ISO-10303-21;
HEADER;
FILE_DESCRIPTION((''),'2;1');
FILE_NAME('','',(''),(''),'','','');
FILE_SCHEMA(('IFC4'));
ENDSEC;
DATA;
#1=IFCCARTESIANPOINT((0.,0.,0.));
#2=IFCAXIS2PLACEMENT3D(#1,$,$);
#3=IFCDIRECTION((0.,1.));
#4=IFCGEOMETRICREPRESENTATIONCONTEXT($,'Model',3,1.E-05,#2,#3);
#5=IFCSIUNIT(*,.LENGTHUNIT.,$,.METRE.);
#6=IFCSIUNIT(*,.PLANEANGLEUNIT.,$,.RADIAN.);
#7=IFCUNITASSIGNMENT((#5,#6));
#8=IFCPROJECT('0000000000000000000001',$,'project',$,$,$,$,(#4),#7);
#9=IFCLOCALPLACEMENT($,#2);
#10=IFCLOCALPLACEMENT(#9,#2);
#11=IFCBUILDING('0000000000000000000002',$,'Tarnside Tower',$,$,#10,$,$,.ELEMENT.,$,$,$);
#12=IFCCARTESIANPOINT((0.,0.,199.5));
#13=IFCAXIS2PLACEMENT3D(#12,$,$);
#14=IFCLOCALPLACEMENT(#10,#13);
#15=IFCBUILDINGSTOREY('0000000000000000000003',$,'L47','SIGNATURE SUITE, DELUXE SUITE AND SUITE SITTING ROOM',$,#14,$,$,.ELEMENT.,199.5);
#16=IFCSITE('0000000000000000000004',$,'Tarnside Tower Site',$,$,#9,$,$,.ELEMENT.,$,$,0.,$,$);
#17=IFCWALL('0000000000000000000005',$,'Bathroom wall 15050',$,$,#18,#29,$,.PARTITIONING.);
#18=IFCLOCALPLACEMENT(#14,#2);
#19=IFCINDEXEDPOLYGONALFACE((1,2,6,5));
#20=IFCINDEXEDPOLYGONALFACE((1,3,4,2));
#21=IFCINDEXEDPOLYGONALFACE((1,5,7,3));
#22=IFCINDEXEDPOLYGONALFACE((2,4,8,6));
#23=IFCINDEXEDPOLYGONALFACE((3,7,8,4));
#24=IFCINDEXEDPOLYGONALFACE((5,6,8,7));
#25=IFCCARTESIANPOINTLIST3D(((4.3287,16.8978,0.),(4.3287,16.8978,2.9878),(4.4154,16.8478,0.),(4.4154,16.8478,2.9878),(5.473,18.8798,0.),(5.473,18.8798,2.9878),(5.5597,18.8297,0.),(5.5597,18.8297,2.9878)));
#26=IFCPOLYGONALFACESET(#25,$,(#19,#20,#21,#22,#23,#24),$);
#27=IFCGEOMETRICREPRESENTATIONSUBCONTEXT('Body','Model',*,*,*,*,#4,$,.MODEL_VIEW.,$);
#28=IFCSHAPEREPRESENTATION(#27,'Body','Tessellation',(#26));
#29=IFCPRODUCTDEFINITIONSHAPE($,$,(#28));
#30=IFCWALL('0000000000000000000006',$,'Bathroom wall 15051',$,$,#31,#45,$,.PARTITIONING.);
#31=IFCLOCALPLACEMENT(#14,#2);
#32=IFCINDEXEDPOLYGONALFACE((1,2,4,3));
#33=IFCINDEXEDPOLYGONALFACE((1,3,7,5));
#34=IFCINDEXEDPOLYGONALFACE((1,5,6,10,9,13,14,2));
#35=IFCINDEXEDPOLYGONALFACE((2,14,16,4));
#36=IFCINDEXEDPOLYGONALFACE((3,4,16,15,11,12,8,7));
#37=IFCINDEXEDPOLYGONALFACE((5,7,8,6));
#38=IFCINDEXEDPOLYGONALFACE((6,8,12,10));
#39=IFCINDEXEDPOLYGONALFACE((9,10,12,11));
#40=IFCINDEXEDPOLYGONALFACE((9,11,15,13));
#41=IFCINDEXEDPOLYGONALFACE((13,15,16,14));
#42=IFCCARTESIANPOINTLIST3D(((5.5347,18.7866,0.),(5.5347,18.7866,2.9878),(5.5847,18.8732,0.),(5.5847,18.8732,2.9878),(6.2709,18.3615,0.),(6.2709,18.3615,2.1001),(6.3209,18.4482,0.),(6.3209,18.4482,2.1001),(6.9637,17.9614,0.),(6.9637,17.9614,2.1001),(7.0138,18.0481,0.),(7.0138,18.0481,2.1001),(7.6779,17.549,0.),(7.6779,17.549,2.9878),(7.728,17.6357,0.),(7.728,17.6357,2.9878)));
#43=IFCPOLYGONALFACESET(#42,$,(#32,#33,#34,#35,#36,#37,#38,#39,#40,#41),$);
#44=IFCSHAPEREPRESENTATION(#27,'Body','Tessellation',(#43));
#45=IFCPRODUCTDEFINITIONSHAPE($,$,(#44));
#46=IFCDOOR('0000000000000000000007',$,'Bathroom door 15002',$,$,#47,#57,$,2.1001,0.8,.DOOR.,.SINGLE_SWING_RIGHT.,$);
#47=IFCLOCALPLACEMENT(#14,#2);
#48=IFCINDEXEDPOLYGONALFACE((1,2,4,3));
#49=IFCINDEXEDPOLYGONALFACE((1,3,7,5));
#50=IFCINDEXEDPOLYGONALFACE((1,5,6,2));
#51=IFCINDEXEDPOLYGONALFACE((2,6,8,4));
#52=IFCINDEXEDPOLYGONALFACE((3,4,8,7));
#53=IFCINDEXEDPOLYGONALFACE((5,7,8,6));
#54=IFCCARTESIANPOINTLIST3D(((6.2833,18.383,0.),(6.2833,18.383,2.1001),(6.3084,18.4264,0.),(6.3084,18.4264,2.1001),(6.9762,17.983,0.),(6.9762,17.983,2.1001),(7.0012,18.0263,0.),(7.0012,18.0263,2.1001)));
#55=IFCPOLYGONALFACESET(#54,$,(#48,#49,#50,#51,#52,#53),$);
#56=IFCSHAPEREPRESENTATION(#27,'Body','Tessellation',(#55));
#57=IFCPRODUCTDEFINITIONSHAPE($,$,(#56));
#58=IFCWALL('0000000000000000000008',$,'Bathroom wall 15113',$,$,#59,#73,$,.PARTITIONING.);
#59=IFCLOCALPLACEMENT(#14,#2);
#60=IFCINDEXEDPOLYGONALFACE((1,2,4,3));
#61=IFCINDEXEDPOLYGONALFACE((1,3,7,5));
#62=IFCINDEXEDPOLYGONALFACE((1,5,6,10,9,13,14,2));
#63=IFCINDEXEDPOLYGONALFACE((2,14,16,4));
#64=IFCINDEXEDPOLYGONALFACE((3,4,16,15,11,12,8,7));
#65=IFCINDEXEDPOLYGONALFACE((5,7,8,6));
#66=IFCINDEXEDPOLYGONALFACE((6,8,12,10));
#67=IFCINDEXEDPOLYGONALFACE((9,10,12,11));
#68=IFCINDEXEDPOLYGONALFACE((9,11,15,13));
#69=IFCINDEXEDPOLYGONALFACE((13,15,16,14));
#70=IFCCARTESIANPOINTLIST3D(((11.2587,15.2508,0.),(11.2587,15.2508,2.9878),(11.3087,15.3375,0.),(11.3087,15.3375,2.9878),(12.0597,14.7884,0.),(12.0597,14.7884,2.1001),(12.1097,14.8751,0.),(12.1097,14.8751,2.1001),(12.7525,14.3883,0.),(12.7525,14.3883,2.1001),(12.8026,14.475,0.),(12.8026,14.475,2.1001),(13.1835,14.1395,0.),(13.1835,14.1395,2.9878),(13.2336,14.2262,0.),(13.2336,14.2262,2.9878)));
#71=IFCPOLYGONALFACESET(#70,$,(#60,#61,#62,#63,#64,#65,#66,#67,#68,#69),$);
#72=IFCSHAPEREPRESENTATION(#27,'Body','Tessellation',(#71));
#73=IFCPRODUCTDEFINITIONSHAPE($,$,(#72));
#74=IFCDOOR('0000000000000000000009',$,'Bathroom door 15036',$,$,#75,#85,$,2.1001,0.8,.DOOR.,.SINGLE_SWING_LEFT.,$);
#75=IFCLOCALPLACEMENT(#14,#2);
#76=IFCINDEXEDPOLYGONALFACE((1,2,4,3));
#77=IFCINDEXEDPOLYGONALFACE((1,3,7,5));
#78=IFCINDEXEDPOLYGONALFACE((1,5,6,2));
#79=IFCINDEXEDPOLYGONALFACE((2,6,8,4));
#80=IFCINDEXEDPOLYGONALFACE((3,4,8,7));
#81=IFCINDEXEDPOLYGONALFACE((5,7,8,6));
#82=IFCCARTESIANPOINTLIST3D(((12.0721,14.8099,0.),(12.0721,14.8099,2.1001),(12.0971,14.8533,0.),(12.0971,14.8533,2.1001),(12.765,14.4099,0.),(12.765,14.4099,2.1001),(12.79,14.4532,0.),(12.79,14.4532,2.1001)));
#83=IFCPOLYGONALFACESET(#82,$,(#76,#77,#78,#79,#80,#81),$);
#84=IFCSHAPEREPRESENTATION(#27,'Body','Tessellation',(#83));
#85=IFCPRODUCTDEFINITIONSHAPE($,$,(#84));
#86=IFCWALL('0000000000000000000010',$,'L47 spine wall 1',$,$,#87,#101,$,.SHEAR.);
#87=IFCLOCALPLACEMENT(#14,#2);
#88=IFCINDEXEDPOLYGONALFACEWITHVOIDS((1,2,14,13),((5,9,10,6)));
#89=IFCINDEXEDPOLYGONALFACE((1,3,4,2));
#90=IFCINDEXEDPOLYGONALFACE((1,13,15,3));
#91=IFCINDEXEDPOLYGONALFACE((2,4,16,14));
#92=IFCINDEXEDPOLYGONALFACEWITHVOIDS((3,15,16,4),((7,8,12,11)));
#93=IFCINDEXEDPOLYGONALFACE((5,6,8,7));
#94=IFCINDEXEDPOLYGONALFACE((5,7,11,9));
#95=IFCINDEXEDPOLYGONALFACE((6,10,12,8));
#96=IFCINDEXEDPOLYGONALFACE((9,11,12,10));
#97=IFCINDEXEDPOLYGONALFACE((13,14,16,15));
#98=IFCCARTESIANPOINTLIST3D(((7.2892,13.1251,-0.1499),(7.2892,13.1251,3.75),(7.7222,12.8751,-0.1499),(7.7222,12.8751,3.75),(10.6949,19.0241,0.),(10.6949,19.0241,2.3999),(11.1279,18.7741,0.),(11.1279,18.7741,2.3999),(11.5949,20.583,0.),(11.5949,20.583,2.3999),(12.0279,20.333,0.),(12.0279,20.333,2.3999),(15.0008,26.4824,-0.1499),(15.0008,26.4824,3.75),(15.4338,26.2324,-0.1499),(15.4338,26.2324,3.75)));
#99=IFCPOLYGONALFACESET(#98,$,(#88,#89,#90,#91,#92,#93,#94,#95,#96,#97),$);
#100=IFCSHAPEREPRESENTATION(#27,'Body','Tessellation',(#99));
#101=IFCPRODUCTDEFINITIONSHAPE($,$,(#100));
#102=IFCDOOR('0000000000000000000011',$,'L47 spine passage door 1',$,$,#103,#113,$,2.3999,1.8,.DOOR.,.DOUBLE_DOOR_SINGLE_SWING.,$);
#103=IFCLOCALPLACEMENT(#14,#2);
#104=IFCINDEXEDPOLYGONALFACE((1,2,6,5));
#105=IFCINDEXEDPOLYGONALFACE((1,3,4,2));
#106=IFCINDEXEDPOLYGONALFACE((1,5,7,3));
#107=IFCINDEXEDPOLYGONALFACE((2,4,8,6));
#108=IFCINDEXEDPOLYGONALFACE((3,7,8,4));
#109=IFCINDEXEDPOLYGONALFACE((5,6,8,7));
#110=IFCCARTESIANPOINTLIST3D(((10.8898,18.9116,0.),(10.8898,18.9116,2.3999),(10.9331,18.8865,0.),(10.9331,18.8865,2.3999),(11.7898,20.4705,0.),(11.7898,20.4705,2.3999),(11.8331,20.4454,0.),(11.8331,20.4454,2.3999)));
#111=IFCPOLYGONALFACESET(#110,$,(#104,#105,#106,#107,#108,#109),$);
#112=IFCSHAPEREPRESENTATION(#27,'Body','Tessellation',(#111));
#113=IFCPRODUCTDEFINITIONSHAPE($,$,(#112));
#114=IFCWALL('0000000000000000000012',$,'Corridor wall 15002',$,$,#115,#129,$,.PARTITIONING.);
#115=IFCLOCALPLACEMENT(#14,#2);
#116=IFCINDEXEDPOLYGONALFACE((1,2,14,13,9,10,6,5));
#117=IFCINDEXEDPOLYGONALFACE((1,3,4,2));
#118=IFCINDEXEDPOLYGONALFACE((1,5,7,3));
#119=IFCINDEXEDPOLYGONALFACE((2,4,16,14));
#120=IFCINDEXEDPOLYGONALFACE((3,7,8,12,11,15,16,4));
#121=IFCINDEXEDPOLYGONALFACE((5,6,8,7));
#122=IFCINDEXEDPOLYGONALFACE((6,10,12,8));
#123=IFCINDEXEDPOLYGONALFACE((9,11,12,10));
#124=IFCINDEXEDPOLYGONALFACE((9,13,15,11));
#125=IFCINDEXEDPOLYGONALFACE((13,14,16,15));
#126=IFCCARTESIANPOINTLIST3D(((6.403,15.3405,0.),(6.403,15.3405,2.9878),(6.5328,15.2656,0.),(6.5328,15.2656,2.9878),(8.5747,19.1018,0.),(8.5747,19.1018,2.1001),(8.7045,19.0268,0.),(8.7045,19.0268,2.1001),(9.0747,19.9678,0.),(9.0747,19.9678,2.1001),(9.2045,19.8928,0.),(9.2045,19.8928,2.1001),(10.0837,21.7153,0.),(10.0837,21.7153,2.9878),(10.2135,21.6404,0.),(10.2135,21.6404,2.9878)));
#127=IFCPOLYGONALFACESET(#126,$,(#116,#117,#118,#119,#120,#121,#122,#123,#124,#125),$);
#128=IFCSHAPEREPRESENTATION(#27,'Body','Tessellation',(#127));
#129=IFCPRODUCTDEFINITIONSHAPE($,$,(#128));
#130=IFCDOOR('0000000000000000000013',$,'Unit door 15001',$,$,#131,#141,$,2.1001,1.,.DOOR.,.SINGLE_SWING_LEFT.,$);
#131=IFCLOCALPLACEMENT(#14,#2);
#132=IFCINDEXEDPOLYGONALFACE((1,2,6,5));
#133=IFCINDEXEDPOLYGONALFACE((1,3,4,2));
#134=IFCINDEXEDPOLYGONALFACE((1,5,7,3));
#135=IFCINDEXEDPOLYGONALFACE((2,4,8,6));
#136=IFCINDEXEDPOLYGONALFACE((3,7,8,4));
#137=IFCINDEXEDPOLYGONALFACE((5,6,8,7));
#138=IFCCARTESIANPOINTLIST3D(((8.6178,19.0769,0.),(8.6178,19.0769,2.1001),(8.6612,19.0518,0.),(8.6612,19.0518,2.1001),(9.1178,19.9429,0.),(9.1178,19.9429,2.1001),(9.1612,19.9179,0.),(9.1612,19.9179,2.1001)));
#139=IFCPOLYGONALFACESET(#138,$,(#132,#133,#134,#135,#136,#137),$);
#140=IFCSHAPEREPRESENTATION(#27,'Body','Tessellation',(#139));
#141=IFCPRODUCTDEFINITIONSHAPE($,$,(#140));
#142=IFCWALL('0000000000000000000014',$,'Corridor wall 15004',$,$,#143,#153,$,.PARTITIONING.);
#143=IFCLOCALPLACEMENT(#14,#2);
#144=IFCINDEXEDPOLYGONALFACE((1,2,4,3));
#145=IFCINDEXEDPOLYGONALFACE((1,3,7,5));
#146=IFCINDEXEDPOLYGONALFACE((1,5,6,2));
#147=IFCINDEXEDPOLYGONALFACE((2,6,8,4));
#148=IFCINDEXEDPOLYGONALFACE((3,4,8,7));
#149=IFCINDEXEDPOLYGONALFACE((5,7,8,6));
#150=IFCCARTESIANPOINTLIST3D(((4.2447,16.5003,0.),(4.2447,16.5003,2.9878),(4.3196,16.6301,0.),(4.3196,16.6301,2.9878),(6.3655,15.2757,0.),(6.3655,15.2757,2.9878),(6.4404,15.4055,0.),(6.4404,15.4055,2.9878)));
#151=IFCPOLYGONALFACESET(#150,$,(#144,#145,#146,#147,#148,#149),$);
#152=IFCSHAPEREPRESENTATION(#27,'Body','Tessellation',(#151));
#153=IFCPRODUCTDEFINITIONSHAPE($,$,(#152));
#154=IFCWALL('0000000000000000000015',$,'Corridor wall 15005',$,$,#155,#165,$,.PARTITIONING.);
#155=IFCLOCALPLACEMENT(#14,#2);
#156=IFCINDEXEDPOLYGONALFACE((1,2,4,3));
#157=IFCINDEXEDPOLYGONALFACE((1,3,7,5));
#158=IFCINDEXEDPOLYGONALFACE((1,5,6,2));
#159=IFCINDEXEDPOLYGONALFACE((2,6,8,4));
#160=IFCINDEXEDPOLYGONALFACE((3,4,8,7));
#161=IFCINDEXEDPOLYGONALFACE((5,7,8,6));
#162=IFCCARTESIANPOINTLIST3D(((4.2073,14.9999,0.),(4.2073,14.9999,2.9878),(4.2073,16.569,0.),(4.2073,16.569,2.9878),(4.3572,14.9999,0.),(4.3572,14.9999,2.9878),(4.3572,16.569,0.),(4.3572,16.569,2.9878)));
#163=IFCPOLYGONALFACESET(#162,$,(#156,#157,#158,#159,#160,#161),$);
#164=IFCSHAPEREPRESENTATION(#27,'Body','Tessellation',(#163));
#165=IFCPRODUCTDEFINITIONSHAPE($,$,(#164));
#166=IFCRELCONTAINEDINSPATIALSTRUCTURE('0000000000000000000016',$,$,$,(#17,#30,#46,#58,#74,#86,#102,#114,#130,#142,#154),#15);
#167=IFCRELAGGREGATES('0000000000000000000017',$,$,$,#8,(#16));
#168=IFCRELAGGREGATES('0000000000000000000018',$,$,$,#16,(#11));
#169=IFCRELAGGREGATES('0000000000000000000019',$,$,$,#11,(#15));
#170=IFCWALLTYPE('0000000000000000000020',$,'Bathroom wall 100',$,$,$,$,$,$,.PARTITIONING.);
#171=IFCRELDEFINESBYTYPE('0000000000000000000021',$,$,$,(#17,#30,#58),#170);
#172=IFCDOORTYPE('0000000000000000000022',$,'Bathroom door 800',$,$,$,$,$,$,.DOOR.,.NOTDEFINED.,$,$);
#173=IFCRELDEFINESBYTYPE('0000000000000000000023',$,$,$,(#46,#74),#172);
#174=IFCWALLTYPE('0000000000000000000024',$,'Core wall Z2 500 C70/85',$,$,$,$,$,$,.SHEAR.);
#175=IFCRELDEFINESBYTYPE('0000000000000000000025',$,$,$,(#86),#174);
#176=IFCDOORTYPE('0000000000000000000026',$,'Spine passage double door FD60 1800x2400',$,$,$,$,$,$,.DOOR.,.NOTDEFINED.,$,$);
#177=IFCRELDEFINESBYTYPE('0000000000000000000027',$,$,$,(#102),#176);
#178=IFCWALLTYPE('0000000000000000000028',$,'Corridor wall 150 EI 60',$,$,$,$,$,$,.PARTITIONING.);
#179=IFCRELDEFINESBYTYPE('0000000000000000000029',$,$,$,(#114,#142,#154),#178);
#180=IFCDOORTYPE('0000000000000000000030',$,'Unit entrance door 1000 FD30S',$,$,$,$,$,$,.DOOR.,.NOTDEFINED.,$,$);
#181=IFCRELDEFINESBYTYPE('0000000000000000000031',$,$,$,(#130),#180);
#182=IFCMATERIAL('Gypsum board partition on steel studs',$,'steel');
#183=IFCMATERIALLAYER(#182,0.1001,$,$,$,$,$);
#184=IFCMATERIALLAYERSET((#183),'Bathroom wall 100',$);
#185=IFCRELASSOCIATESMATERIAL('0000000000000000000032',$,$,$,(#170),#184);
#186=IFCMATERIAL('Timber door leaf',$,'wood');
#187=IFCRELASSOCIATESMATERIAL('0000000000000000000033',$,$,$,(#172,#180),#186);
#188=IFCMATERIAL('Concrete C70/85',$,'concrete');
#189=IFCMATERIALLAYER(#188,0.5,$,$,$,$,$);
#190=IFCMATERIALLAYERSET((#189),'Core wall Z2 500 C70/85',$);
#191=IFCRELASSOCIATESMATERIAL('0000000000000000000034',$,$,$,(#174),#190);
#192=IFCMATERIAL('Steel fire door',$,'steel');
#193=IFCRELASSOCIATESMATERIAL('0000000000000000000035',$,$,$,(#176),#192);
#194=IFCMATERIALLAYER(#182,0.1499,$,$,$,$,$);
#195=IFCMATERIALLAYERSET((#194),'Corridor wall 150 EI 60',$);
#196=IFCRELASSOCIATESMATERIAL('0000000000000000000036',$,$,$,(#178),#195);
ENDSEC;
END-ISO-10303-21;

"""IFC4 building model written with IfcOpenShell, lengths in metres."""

from ifc_helpers import new_model, si_unit, direction, frame, frame_2d, origin, place, context, subcontext, project, spatial, rectangle, extrude, material, layer, layer_set, type_object, element, fill, save


model = new_model("IFC4")

# Units and contexts
model_context = context("Model", 3, precision=1e-05, world=origin(), true_north=direction((0.0, 1.0)))
body_context = subcontext(model_context, "Body", "Model", "MODEL_VIEW")
ifc_project = project(units=[si_unit("LENGTHUNIT", "METRE"), si_unit("PLANEANGLEUNIT", "RADIAN")], contexts=[model_context])

# Site, building, storey
site_placement = place(None, origin())
site = spatial("IfcSite", under=ifc_project, at=site_placement, Name="Tarnside Tower Site", CompositionType="ELEMENT", RefElevation=0.0)
building_placement = place(site_placement, origin())
building = spatial("IfcBuilding", under=site, at=building_placement, Name="Tarnside Tower", CompositionType="ELEMENT")
storey_placement = place(building_placement, frame((0.0, 0.0, 199.5)))
storey = spatial("IfcBuildingStorey", under=building, at=storey_placement, Name="L47", Description="SIGNATURE SUITE, DELUXE SUITE AND SUITE SITTING ROOM", CompositionType="ELEMENT", Elevation=199.5)

# Wall
ifc_material_1 = material(Name="Gypsum board partition on steel studs", Category="steel")
ifc_layer_1 = layer(ifc_material_1, 0.1001)
ifc_layer_set_1 = layer_set([ifc_layer_1], Name="Bathroom wall 100")
wall_type_1 = type_object("IfcWallType", Name="Bathroom wall 100", PredefinedType="PARTITIONING", material=ifc_layer_set_1)
wall_1_placement = place(storey_placement, frame((4.3721, 16.8728, 0.0), z_axis=(0.0, 0.0, 1.0), x_axis=(0.500006, 0.866022, 0.0)))
element("IfcWall", 1, at=wall_1_placement, inside=storey, type_object=wall_type_1, Name="Bathroom wall 15050", PredefinedType="PARTITIONING", context=body_context, shape_type="SweptSolid", body=[
    extrude(rectangle(XDim=2.2886, YDim=0.1001, at=frame_2d((1.1443, 0.0))), origin(), (0.0, 0.0, 1.0), 2.9878),
])

# Walls, openings, doors
wall_2_placement = place(storey_placement, frame((5.5598, 18.8298, 0.0), z_axis=(0.0, 0.0, 1.0), x_axis=(0.866007, -0.500033, 0.0)))
wall_2 = element("IfcWall", 2, at=wall_2_placement, inside=storey, type_object=wall_type_1, Name="Bathroom wall 15051", PredefinedType="PARTITIONING", context=body_context, shape_type="SweptSolid", body=[
    extrude(rectangle(XDim=2.4749, YDim=0.1001, at=frame_2d((1.2373, 0.0))), origin(), (0.0, 0.0, 1.0), 2.9878),
])
opening_1_placement = place(wall_2_placement, frame((0.8501, 0.0, 0.0)))
opening_1 = element("IfcOpeningElement", 3, at=opening_1_placement, cuts=wall_2, PredefinedType="OPENING", context=body_context, shape_type="SweptSolid", body=[
    extrude(rectangle(XDim=0.8, YDim=2.1001, at=frame_2d((0.3999, 1.05))), frame((0.0, 0.0601, 0.0), z_axis=(0.0, -1.0, 0.0), x_axis=(1.0, 0.0, 0.0)), (0.0, 0.0, 1.0), 0.1201),
])
ifc_material_2 = material(Name="Timber door leaf", Category="wood")
door_type_1 = type_object("IfcDoorType", Name="Bathroom door 800", OperationType="NOTDEFINED", PredefinedType="DOOR", material=ifc_material_2)
door_1_placement = place(opening_1_placement, origin())
door_1 = element("IfcDoor", 4, at=door_1_placement, inside=storey, type_object=door_type_1, Name="Bathroom door 15002", OperationType="SINGLE_SWING_RIGHT", OverallHeight=2.1001, OverallWidth=0.8, PredefinedType="DOOR", context=body_context, shape_type="SweptSolid", body=[
    extrude(rectangle(XDim=0.8, YDim=2.1001, at=frame_2d((0.3999, 1.05))), frame((0.0, 0.0249, 0.0), z_axis=(0.0, -1.0, 0.0), x_axis=(1.0, 0.0, 0.0)), (0.0, 0.0, 1.0), 0.05),
])
fill(opening_1, door_1)
wall_3_placement = place(storey_placement, frame((11.2837, 15.2942, 0.0), z_axis=(0.0, 0.0, 1.0), x_axis=(0.866017, -0.500014, 0.0)))
wall_3 = element("IfcWall", 5, at=wall_3_placement, inside=storey, type_object=wall_type_1, Name="Bathroom wall 15113", PredefinedType="PARTITIONING", context=body_context, shape_type="SweptSolid", body=[
    extrude(rectangle(XDim=2.2227, YDim=0.1001, at=frame_2d((1.1113, 0.0))), origin(), (0.0, 0.0, 1.0), 2.9878),
])
opening_2_placement = place(wall_3_placement, frame((0.925, 0.0, 0.0)))
opening_2 = element("IfcOpeningElement", 6, at=opening_2_placement, cuts=wall_3, PredefinedType="OPENING", context=body_context, shape_type="SweptSolid", body=[
    extrude(rectangle(XDim=0.8, YDim=2.1001, at=frame_2d((0.3999, 1.05))), frame((0.0, 0.0601, 0.0), z_axis=(0.0, -1.0, 0.0), x_axis=(1.0, 0.0, 0.0)), (0.0, 0.0, 1.0), 0.1201),
])
door_2_placement = place(opening_2_placement, origin())
door_2 = element("IfcDoor", 7, at=door_2_placement, inside=storey, type_object=door_type_1, Name="Bathroom door 15036", OperationType="SINGLE_SWING_LEFT", OverallHeight=2.1001, OverallWidth=0.8, PredefinedType="DOOR", context=body_context, shape_type="SweptSolid", body=[
    extrude(rectangle(XDim=0.8, YDim=2.1001, at=frame_2d((0.3999, 1.05))), frame((0.0, 0.0249, 0.0), z_axis=(0.0, -1.0, 0.0), x_axis=(1.0, 0.0, 0.0)), (0.0, 0.0, 1.0), 0.05),
])
fill(opening_2, door_2)
ifc_material_3 = material(Name="Concrete C70/85", Category="concrete")
ifc_layer_2 = layer(ifc_material_3, 0.5)
ifc_layer_set_2 = layer_set([ifc_layer_2], Name="Core wall Z2 500 C70/85")
wall_type_2 = type_object("IfcWallType", Name="Core wall Z2 500 C70/85", PredefinedType="SHEAR", material=ifc_layer_set_2)
wall_4_placement = place(storey_placement, frame((7.5056, 13.0, -0.1499), z_axis=(0.0, 0.0, 1.0), x_axis=(0.499988, 0.866032, 0.0)))
wall_4 = element("IfcWall", 8, at=wall_4_placement, inside=storey, type_object=wall_type_2, Name="L47 spine wall 1", PredefinedType="SHEAR", context=body_context, shape_type="SweptSolid", body=[
    extrude(rectangle(XDim=15.4236, YDim=0.5, at=frame_2d((7.7119, 0.0))), origin(), (0.0, 0.0, 1.0), 3.8999),
])
opening_3_placement = place(wall_4_placement, frame((6.8118, 0.0, 0.1499)))
opening_3 = element("IfcOpeningElement", 9, at=opening_3_placement, cuts=wall_4, PredefinedType="OPENING", context=body_context, shape_type="SweptSolid", body=[
    extrude(rectangle(XDim=1.8, YDim=2.3999, at=frame_2d((0.8999, 1.2))), frame((0.0, 0.26, 0.0), z_axis=(0.0, -1.0, 0.0), x_axis=(1.0, 0.0, 0.0)), (0.0, 0.0, 1.0), 0.52),
])
ifc_material_4 = material(Name="Steel fire door", Category="steel")
door_type_2 = type_object("IfcDoorType", Name="Spine passage double door FD60 1800x2400", OperationType="NOTDEFINED", PredefinedType="DOOR", material=ifc_material_4)
door_3_placement = place(opening_3_placement, origin())
door_3 = element("IfcDoor", 10, at=door_3_placement, inside=storey, type_object=door_type_2, Name="L47 spine passage door 1", OperationType="DOUBLE_DOOR_SINGLE_SWING", OverallHeight=2.3999, OverallWidth=1.8, PredefinedType="DOOR", context=body_context, shape_type="SweptSolid", body=[
    extrude(rectangle(XDim=1.8, YDim=2.3999, at=frame_2d((0.8999, 1.2))), frame((0.0, 0.0249, 0.0), z_axis=(0.0, -1.0, 0.0), x_axis=(1.0, 0.0, 0.0)), (0.0, 0.0, 1.0), 0.05),
])
fill(opening_3, door_3)
ifc_layer_3 = layer(ifc_material_1, 0.1499)
ifc_layer_set_3 = layer_set([ifc_layer_3], Name="Corridor wall 150 EI 60")
wall_type_3 = type_object("IfcWallType", Name="Corridor wall 150 EI 60", PredefinedType="PARTITIONING", material=ifc_layer_set_3)
wall_5_placement = place(storey_placement, frame((10.1487, 21.678, 0.0), z_axis=(0.0, 0.0, 1.0), x_axis=(-0.50002, -0.866014, 0.0)))
wall_5 = element("IfcWall", 11, at=wall_5_placement, inside=storey, type_object=wall_type_3, Name="Corridor wall 15002", PredefinedType="PARTITIONING", context=body_context, shape_type="SweptSolid", body=[
    extrude(rectangle(XDim=7.3611, YDim=0.1499, at=frame_2d((3.6807, 0.0))), origin(), (0.0, 0.0, 1.0), 2.9878),
])
opening_4_placement = place(wall_5_placement, frame((2.0181, 0.0, 0.0)))
opening_4 = element("IfcOpeningElement", 12, at=opening_4_placement, cuts=wall_5, PredefinedType="OPENING", context=body_context, shape_type="SweptSolid", body=[
    extrude(rectangle(XDim=1.0, YDim=2.1001, at=frame_2d((0.5, 1.05))), frame((0.0, 0.085, 0.0), z_axis=(0.0, -1.0, 0.0), x_axis=(1.0, 0.0, 0.0)), (0.0, 0.0, 1.0), 0.1699),
])
door_type_3 = type_object("IfcDoorType", Name="Unit entrance door 1000 FD30S", OperationType="NOTDEFINED", PredefinedType="DOOR", material=ifc_material_2)
door_4_placement = place(opening_4_placement, origin())
door_4 = element("IfcDoor", 13, at=door_4_placement, inside=storey, type_object=door_type_3, Name="Unit door 15001", OperationType="SINGLE_SWING_LEFT", OverallHeight=2.1001, OverallWidth=1.0, PredefinedType="DOOR", context=body_context, shape_type="SweptSolid", body=[
    extrude(rectangle(XDim=1.0, YDim=2.1001, at=frame_2d((0.5, 1.05))), frame((0.0, 0.0249, 0.0), z_axis=(0.0, -1.0, 0.0), x_axis=(1.0, 0.0, 0.0)), (0.0, 0.0, 1.0), 0.05),
])
fill(opening_4, door_4)

# Walls
wall_6_placement = place(storey_placement, frame((6.4031, 15.3406, 0.0), z_axis=(0.0, 0.0, 1.0), x_axis=(-0.866001, 0.500042, 0.0)))
element("IfcWall", 14, at=wall_6_placement, inside=storey, type_object=wall_type_3, Name="Corridor wall 15004", PredefinedType="PARTITIONING", context=body_context, shape_type="SweptSolid", body=[
    extrude(rectangle(XDim=2.449, YDim=0.1499, at=frame_2d((1.2246, 0.0))), origin(), (0.0, 0.0, 1.0), 2.9878),
])
wall_7_placement = place(storey_placement, frame((4.2822, 16.5691, 0.0), z_axis=(0.0, 0.0, 1.0), x_axis=(0.0, -1.0, 0.0)))
element("IfcWall", 15, at=wall_7_placement, inside=storey, type_object=wall_type_3, Name="Corridor wall 15005", PredefinedType="PARTITIONING", context=body_context, shape_type="SweptSolid", body=[
    extrude(rectangle(XDim=1.5691, YDim=0.1499, at=frame_2d((0.7847, 0.0))), origin(), (0.0, 0.0, 1.0), 2.9878),
])

save(model, "model.ifc")
